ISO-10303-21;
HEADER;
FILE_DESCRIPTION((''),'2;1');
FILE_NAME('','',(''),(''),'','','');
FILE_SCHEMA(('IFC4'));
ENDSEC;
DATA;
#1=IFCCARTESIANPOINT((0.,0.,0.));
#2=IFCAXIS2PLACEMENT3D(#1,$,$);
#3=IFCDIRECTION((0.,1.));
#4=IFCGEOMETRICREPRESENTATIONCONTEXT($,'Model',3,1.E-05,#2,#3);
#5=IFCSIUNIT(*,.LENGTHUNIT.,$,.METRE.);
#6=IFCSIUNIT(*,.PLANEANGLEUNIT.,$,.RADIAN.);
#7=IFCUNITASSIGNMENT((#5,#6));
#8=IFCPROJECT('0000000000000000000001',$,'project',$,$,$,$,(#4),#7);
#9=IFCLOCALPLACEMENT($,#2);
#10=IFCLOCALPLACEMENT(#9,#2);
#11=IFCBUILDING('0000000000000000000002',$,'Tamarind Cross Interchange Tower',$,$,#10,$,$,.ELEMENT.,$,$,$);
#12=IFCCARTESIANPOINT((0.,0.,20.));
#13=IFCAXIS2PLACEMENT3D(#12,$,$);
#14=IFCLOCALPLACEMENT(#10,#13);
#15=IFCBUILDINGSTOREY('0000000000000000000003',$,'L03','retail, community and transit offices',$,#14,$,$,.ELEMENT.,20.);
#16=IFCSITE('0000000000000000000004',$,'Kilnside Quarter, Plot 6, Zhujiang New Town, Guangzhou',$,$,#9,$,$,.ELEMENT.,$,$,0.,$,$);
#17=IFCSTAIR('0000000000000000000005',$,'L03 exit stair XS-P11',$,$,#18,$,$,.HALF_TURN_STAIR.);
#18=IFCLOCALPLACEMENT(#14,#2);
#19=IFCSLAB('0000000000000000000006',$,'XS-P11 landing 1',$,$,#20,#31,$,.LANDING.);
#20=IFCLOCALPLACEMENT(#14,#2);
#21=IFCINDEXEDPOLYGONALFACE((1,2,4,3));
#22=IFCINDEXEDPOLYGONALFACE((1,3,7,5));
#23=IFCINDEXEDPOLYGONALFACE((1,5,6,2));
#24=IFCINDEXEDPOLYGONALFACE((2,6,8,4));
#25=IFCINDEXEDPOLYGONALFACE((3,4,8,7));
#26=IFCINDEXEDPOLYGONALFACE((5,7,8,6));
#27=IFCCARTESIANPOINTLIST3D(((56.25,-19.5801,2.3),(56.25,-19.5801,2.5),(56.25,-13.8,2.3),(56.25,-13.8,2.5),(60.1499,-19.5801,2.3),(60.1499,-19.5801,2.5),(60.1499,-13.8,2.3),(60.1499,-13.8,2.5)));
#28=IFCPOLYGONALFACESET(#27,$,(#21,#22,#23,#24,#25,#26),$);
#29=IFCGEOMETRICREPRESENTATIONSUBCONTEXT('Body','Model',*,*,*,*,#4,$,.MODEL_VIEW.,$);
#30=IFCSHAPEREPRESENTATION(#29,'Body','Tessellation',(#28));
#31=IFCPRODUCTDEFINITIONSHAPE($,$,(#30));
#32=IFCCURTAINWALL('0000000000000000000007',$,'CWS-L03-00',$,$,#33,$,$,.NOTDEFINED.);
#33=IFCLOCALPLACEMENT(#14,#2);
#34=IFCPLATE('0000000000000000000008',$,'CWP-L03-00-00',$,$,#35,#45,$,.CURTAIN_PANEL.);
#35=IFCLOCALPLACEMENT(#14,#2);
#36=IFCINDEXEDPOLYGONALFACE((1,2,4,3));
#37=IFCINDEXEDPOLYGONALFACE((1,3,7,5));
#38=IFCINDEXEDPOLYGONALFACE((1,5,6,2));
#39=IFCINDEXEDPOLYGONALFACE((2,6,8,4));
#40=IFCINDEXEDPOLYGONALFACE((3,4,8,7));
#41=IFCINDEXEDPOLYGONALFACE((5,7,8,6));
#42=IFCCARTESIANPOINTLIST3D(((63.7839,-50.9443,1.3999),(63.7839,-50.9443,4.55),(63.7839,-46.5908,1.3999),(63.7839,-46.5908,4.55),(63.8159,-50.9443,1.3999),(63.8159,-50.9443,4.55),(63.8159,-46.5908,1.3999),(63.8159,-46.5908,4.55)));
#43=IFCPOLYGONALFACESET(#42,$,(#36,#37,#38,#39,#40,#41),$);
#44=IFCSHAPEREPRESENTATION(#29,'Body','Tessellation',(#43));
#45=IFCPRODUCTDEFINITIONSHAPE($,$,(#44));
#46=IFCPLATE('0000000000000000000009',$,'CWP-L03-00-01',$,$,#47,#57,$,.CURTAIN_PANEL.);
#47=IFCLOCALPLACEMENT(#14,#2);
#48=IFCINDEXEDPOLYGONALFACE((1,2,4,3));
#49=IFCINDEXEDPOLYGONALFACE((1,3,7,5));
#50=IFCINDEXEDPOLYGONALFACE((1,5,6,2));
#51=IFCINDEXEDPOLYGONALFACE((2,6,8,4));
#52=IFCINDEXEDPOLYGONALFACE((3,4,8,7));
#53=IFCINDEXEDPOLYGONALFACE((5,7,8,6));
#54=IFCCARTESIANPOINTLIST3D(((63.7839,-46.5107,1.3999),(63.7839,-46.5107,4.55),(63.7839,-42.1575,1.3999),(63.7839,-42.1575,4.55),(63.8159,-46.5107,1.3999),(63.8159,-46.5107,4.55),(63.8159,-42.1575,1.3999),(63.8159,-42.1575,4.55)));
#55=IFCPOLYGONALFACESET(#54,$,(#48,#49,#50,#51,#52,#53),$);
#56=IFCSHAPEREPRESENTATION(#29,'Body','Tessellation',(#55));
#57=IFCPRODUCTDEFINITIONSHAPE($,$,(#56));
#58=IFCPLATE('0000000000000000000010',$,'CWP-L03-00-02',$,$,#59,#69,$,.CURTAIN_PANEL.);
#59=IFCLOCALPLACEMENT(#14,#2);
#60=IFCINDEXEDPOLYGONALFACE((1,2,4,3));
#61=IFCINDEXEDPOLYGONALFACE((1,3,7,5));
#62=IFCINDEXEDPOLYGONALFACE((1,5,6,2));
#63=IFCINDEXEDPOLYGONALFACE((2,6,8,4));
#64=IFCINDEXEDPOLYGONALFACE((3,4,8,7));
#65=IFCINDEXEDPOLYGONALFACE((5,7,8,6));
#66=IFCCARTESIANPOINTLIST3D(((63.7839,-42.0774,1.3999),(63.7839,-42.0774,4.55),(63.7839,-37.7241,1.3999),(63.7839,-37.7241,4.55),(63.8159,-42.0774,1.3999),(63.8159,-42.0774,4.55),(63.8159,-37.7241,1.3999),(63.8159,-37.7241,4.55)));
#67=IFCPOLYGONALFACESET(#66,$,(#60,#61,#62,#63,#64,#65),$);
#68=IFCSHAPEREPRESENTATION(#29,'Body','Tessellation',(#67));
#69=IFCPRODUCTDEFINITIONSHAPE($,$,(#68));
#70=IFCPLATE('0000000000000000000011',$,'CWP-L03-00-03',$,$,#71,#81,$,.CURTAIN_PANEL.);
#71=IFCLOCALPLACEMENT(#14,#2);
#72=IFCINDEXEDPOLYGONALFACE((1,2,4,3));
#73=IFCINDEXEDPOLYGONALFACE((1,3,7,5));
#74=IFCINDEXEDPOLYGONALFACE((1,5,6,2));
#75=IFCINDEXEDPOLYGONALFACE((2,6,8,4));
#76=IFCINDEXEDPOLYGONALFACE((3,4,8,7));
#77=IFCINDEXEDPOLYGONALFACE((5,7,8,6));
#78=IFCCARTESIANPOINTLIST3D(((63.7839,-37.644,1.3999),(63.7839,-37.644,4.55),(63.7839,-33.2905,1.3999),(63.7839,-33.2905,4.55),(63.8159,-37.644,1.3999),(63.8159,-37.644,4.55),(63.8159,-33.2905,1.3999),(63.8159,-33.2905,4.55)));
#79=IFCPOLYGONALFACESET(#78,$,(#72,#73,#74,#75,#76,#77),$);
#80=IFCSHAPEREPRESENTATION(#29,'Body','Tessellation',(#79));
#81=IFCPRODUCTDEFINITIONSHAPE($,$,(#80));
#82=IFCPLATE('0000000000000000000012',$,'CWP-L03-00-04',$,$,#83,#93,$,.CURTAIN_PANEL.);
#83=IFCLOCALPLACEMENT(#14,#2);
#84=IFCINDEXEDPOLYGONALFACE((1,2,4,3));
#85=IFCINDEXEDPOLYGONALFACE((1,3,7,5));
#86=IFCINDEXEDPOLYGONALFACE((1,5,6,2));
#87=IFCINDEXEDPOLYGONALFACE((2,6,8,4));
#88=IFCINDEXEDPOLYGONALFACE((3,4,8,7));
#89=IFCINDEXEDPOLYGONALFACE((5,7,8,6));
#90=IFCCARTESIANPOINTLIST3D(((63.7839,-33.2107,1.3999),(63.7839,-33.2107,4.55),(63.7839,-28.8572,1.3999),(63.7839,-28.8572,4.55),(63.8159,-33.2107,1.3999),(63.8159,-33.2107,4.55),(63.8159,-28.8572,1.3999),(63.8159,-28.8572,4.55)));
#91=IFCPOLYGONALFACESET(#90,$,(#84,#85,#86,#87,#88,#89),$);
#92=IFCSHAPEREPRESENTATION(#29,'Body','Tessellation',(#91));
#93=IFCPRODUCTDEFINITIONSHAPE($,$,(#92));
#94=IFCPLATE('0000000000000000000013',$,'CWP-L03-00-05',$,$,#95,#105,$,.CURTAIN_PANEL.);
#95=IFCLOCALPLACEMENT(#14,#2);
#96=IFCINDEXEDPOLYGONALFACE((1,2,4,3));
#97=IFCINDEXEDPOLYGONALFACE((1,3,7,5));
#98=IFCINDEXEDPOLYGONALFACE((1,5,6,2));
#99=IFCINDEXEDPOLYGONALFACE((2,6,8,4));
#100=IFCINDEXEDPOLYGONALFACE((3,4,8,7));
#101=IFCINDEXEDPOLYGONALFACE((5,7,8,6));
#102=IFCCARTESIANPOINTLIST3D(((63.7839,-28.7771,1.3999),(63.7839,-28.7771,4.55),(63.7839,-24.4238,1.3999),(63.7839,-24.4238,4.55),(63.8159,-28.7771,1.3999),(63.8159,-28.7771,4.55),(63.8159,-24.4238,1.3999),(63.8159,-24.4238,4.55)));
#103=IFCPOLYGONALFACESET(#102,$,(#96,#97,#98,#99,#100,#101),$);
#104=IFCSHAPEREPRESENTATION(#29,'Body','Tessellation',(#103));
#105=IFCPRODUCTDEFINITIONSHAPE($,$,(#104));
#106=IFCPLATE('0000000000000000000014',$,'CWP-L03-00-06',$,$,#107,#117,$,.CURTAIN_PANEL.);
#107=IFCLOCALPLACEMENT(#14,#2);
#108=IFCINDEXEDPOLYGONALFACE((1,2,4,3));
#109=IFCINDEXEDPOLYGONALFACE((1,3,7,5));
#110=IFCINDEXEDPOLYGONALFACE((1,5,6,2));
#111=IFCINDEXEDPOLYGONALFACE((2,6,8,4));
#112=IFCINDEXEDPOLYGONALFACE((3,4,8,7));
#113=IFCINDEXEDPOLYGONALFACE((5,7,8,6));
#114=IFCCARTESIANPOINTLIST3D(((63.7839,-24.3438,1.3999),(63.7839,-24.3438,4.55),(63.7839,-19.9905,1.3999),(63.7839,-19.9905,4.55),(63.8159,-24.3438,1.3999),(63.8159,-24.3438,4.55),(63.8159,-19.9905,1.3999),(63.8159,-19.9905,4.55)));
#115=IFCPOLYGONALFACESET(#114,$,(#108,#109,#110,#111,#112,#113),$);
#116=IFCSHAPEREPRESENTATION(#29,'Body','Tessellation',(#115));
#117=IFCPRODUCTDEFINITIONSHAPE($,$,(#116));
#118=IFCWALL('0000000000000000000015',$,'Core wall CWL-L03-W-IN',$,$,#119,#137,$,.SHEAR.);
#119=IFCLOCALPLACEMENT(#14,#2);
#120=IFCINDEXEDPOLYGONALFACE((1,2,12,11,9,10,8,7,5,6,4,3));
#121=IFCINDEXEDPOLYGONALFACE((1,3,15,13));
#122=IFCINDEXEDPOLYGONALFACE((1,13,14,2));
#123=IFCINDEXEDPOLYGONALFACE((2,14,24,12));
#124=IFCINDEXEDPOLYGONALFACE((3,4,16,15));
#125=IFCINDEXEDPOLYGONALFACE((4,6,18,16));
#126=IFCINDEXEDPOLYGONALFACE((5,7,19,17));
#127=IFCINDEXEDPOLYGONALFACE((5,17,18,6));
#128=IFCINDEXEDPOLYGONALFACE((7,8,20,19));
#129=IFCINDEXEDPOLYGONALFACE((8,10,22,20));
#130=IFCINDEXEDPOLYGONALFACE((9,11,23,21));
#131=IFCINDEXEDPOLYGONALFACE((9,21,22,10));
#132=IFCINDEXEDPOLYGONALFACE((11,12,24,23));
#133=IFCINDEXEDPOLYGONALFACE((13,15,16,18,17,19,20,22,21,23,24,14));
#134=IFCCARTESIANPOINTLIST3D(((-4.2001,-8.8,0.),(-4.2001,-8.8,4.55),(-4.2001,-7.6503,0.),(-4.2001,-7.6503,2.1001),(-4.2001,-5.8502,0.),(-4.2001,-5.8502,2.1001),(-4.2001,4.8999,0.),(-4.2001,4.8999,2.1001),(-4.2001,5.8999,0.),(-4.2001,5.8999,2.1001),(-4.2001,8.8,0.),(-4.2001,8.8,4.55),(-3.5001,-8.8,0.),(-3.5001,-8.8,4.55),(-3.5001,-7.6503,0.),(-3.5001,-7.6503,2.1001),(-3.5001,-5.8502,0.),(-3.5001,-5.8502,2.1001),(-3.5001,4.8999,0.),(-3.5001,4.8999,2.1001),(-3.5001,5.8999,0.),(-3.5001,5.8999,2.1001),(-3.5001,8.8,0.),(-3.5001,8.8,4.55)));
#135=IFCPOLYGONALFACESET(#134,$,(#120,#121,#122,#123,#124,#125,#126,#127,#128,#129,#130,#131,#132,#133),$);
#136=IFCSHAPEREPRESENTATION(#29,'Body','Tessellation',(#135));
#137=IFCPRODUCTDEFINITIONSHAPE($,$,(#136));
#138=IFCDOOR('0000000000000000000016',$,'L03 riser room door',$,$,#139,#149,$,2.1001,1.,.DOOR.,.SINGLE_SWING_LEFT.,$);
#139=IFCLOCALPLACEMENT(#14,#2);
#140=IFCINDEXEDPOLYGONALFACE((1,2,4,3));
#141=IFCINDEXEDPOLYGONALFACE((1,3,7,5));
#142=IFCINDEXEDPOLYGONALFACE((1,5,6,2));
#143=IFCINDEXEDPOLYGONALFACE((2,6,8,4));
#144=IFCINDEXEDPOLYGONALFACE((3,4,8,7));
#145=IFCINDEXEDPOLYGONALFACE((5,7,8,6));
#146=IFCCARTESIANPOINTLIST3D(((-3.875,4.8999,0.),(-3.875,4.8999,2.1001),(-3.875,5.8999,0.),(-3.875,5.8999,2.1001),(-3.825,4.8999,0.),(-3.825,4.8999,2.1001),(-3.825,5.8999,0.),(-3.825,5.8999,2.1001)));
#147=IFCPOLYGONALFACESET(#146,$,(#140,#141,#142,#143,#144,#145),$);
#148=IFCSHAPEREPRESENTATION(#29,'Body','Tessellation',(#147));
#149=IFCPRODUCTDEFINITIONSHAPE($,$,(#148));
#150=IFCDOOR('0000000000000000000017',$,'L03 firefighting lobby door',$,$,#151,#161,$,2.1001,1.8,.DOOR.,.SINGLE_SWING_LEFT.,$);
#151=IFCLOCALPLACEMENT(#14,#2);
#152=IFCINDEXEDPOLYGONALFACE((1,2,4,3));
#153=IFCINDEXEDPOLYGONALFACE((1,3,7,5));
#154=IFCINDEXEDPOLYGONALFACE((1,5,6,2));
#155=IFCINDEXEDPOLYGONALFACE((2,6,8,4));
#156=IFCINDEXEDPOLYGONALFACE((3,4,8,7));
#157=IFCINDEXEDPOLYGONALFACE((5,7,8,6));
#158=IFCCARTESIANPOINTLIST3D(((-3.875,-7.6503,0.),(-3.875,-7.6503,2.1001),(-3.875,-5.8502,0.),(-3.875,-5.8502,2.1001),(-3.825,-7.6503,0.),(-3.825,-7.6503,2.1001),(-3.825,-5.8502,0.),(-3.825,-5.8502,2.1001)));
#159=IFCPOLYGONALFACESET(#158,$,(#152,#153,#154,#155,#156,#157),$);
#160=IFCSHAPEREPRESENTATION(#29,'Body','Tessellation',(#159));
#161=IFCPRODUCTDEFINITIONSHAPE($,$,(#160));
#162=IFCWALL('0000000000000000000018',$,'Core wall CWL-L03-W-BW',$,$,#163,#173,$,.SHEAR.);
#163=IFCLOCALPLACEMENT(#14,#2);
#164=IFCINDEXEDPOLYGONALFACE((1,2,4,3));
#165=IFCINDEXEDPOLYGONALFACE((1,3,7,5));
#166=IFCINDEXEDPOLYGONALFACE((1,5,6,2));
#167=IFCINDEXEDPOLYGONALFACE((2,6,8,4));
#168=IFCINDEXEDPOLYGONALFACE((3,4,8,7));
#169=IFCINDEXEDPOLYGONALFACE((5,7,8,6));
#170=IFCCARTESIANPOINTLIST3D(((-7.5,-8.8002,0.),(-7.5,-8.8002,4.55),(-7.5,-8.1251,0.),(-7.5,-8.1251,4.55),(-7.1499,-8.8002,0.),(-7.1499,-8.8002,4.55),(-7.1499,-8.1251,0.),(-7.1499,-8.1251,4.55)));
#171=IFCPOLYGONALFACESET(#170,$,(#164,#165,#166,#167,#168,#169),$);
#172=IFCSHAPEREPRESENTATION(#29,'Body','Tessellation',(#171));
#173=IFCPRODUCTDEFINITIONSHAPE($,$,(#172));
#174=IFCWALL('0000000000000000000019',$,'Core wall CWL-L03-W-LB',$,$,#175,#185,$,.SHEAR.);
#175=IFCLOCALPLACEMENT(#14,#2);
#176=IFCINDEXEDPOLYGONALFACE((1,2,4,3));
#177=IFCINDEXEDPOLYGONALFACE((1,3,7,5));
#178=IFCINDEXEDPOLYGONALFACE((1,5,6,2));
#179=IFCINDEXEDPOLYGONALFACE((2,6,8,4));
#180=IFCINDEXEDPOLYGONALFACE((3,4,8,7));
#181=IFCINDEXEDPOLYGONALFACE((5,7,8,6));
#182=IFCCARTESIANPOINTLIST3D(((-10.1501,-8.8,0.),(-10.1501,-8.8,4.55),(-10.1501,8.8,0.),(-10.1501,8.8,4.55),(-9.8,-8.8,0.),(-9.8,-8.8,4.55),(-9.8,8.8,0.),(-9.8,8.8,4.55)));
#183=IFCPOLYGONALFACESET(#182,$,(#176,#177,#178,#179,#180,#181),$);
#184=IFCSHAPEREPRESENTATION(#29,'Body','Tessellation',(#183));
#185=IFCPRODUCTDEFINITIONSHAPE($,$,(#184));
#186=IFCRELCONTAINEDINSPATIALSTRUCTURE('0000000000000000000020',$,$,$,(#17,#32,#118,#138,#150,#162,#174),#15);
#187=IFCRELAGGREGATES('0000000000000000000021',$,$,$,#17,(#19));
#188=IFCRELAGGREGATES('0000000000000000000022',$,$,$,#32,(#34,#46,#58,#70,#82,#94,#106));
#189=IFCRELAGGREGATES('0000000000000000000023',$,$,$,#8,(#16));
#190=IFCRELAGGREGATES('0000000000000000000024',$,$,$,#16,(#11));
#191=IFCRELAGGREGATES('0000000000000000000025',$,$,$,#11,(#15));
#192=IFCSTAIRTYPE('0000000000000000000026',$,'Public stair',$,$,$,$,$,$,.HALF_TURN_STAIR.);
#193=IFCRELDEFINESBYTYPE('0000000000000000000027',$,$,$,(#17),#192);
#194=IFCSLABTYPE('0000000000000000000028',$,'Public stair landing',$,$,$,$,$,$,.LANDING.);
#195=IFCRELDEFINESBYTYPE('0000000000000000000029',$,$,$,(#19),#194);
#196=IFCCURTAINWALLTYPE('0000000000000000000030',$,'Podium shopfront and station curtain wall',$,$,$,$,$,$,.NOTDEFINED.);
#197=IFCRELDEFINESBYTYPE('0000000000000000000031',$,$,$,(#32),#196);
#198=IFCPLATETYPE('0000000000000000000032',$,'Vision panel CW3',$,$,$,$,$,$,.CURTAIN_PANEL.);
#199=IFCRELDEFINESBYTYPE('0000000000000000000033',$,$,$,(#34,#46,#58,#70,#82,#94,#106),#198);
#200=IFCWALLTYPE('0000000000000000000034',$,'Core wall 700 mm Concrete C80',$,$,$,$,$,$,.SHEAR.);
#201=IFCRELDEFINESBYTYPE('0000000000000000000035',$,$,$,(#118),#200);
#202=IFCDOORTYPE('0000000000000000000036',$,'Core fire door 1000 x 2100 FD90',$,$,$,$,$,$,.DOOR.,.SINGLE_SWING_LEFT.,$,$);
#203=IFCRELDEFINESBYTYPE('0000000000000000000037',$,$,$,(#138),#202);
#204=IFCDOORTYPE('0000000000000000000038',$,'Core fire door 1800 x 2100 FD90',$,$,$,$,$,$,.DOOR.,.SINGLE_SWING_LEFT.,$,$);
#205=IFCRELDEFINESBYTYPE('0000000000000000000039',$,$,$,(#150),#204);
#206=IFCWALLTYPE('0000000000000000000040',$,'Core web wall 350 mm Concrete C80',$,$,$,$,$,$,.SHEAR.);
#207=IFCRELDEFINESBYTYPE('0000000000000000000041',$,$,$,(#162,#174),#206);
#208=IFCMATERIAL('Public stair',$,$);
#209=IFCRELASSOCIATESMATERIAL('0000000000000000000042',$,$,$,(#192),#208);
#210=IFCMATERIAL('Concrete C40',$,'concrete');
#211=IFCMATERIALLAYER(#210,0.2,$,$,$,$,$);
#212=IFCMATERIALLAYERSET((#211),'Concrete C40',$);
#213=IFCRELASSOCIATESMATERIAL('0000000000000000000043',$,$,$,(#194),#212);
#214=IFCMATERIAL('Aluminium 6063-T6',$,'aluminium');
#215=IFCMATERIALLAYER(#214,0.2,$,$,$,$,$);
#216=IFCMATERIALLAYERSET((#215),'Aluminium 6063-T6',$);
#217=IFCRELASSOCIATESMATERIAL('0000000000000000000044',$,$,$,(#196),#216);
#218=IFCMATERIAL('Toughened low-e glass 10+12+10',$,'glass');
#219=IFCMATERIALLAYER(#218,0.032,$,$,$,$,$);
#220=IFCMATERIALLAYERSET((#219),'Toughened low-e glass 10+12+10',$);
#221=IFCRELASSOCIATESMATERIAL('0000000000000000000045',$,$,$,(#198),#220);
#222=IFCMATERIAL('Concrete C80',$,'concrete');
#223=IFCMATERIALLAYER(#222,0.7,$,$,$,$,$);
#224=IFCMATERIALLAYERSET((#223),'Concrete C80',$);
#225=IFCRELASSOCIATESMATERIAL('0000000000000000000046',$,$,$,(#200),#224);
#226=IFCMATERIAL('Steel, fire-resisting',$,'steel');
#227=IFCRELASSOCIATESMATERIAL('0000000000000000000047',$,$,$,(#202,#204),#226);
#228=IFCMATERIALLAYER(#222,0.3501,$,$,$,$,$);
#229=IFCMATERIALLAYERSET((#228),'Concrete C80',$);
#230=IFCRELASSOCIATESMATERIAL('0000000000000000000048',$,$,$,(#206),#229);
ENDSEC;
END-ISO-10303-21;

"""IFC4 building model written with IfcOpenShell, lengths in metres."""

from ifc_helpers import new_model, si_unit, direction, frame, frame_2d, origin, place, context, subcontext, project, spatial, polyline, rectangle, outline, extrude, material, layer, layer_set, type_object, element, fill, aggregate, save


model = new_model("IFC4")

# Units and contexts
model_context = context("Model", 3, precision=1e-05, world=origin(), true_north=direction((0.0, 1.0)))
body_context = subcontext(model_context, "Body", "Model", "MODEL_VIEW")
ifc_project = project(units=[si_unit("LENGTHUNIT", "METRE"), si_unit("PLANEANGLEUNIT", "RADIAN")], contexts=[model_context])

# Site, building, storey
site_placement = place(None, origin())
site = spatial("IfcSite", under=ifc_project, at=site_placement, Name="Kilnside Quarter, Plot 6, Zhujiang New Town, Guangzhou", CompositionType="ELEMENT", RefElevation=0.0)
building_placement = place(site_placement, origin())
building = spatial("IfcBuilding", under=site, at=building_placement, Name="Tamarind Cross Interchange Tower", CompositionType="ELEMENT")
storey_placement = place(building_placement, frame((0.0, 0.0, 20.0)))
storey = spatial("IfcBuildingStorey", under=building, at=storey_placement, Name="L03", Description="retail, community and transit offices", CompositionType="ELEMENT", Elevation=20.0)

# Shared definitions
ifc_material_1 = material(Name="Concrete C40", Category="concrete")

# Stair, slab
ifc_material_2 = material(Name="Public stair")
stair_type_1 = type_object("IfcStairType", Name="Public stair", PredefinedType="HALF_TURN_STAIR", material=ifc_material_2)
stair_1_placement = place(storey_placement, origin())
stair_1 = element("IfcStair", 1, at=stair_1_placement, inside=storey, type_object=stair_type_1, Name="L03 exit stair XS-P11", PredefinedType="HALF_TURN_STAIR")
ifc_layer_1 = layer(ifc_material_1, 0.2)
ifc_layer_set_1 = layer_set([ifc_layer_1], Name="Concrete C40")
slab_type_1 = type_object("IfcSlabType", Name="Public stair landing", PredefinedType="LANDING", material=ifc_layer_set_1)
slab_1_placement = place(storey_placement, frame((0.0, 0.0, 2.3)))
slab_1 = element("IfcSlab", 2, at=slab_1_placement, type_object=slab_type_1, Name="XS-P11 landing 1", PredefinedType="LANDING", context=body_context, shape_type="SweptSolid", body=[
    extrude(outline(polyline([(60.1499, -19.5801), (60.1499, -13.8), (56.25, -13.8), (56.25, -19.5801), (60.1499, -19.5801)])), origin(), (0.0, 0.0, 1.0), 0.2),
])
aggregate(stair_1, [slab_1])

# Curtain wall, plates
ifc_material_3 = material(Name="Aluminium 6063-T6", Category="aluminium")
ifc_layer_2 = layer(ifc_material_3, 0.2)
ifc_layer_set_2 = layer_set([ifc_layer_2], Name="Aluminium 6063-T6")
curtain_wall_type = type_object("IfcCurtainWallType", Name="Podium shopfront and station curtain wall", PredefinedType="NOTDEFINED", material=ifc_layer_set_2)
curtain_wall_placement = place(storey_placement, origin())
curtain_wall = element("IfcCurtainWall", 3, at=curtain_wall_placement, inside=storey, type_object=curtain_wall_type, Name="CWS-L03-00", PredefinedType="NOTDEFINED")
ifc_material_4 = material(Name="Toughened low-e glass 10+12+10", Category="glass")
ifc_layer_3 = layer(ifc_material_4, 0.032)
ifc_layer_set_3 = layer_set([ifc_layer_3], Name="Toughened low-e glass 10+12+10")
plate_type = type_object("IfcPlateType", Name="Vision panel CW3", PredefinedType="CURTAIN_PANEL", material=ifc_layer_set_3)
plate_1_placement = place(storey_placement, frame((0.0, 0.0, 1.3999)))
plate_1 = element("IfcPlate", 4, at=plate_1_placement, type_object=plate_type, Name="CWP-L03-00-00", PredefinedType="CURTAIN_PANEL", context=body_context, shape_type="SweptSolid", body=[
    extrude(outline(polyline([(63.7839, -50.9443), (63.7839, -46.5908), (63.8159, -46.5908), (63.8159, -50.9443), (63.7839, -50.9443)])), origin(), (0.0, 0.0, 1.0), 3.1501),
])
plate_2_placement = place(storey_placement, frame((0.0, 0.0, 1.3999)))
plate_2 = element("IfcPlate", 5, at=plate_2_placement, type_object=plate_type, Name="CWP-L03-00-01", PredefinedType="CURTAIN_PANEL", context=body_context, shape_type="SweptSolid", body=[
    extrude(outline(polyline([(63.7839, -46.5107), (63.7839, -42.1575), (63.8159, -42.1575), (63.8159, -46.5107), (63.7839, -46.5107)])), origin(), (0.0, 0.0, 1.0), 3.1501),
])
plate_3_placement = place(storey_placement, frame((0.0, 0.0, 1.3999)))
plate_3 = element("IfcPlate", 6, at=plate_3_placement, type_object=plate_type, Name="CWP-L03-00-02", PredefinedType="CURTAIN_PANEL", context=body_context, shape_type="SweptSolid", body=[
    extrude(outline(polyline([(63.7839, -42.0774), (63.7839, -37.7241), (63.8159, -37.7241), (63.8159, -42.0774), (63.7839, -42.0774)])), origin(), (0.0, 0.0, 1.0), 3.1501),
])
plate_4_placement = place(storey_placement, frame((0.0, 0.0, 1.3999)))
plate_4 = element("IfcPlate", 7, at=plate_4_placement, type_object=plate_type, Name="CWP-L03-00-03", PredefinedType="CURTAIN_PANEL", context=body_context, shape_type="SweptSolid", body=[
    extrude(outline(polyline([(63.7839, -37.644), (63.7839, -33.2905), (63.8159, -33.2905), (63.8159, -37.644), (63.7839, -37.644)])), origin(), (0.0, 0.0, 1.0), 3.1501),
])
plate_5_placement = place(storey_placement, frame((0.0, 0.0, 1.3999)))
plate_5 = element("IfcPlate", 8, at=plate_5_placement, type_object=plate_type, Name="CWP-L03-00-04", PredefinedType="CURTAIN_PANEL", context=body_context, shape_type="SweptSolid", body=[
    extrude(outline(polyline([(63.7839, -33.2107), (63.7839, -28.8572), (63.8159, -28.8572), (63.8159, -33.2107), (63.7839, -33.2107)])), origin(), (0.0, 0.0, 1.0), 3.1501),
])
plate_6_placement = place(storey_placement, frame((0.0, 0.0, 1.3999)))
plate_6 = element("IfcPlate", 9, at=plate_6_placement, type_object=plate_type, Name="CWP-L03-00-05", PredefinedType="CURTAIN_PANEL", context=body_context, shape_type="SweptSolid", body=[
    extrude(outline(polyline([(63.7839, -28.7771), (63.7839, -24.4238), (63.8159, -24.4238), (63.8159, -28.7771), (63.7839, -28.7771)])), origin(), (0.0, 0.0, 1.0), 3.1501),
])
plate_7_placement = place(storey_placement, frame((0.0, 0.0, 1.3999)))
plate_7 = element("IfcPlate", 10, at=plate_7_placement, type_object=plate_type, Name="CWP-L03-00-06", PredefinedType="CURTAIN_PANEL", context=body_context, shape_type="SweptSolid", body=[
    extrude(outline(polyline([(63.7839, -24.3438), (63.7839, -19.9905), (63.8159, -19.9905), (63.8159, -24.3438), (63.7839, -24.3438)])), origin(), (0.0, 0.0, 1.0), 3.1501),
])
aggregate(curtain_wall, [plate_1, plate_2, plate_3, plate_4, plate_5, plate_6, plate_7])

# Wall, openings, doors
ifc_material_5 = material(Name="Concrete C80", Category="concrete")
ifc_layer_4 = layer(ifc_material_5, 0.7)
ifc_layer_set_4 = layer_set([ifc_layer_4], Name="Concrete C80")
wall_type_1 = type_object("IfcWallType", Name="Core wall 700 mm Concrete C80", PredefinedType="SHEAR", material=ifc_layer_set_4)
wall_1_placement = place(storey_placement, frame((-3.8501, -8.8, 0.0), z_axis=(0.0, 0.0, 1.0), x_axis=(0.0, 1.0, 0.0)))
wall_1 = element("IfcWall", 11, at=wall_1_placement, inside=storey, type_object=wall_type_1, Name="Core wall CWL-L03-W-IN", PredefinedType="SHEAR", context=body_context, shape_type="SweptSolid", body=[
    extrude(rectangle(XDim=17.6001, YDim=0.7, at=frame_2d((8.8, 0.0))), origin(), (0.0, 0.0, 1.0), 4.55),
])
opening_1_placement = place(wall_1_placement, frame((1.1499, 0.0, 0.0)))
opening_1 = element("IfcOpeningElement", 12, at=opening_1_placement, cuts=wall_1, PredefinedType="OPENING", context=body_context, shape_type="SweptSolid", body=[
    extrude(rectangle(XDim=1.8, YDim=2.1001, at=frame_2d((0.8999, 1.05))), frame((0.0, 0.3599, 0.0), z_axis=(0.0, -1.0, 0.0), x_axis=(1.0, 0.0, 0.0)), (0.0, 0.0, 1.0), 0.72),
])
opening_2_placement = place(wall_1_placement, frame((13.7, 0.0, 0.0)))
opening_2 = element("IfcOpeningElement", 13, at=opening_2_placement, cuts=wall_1, PredefinedType="OPENING", context=body_context, shape_type="SweptSolid", body=[
    extrude(rectangle(XDim=1.0, YDim=2.1001, at=frame_2d((0.5, 1.05))), frame((0.0, 0.3599, 0.0), z_axis=(0.0, -1.0, 0.0), x_axis=(1.0, 0.0, 0.0)), (0.0, 0.0, 1.0), 0.72),
])
ifc_material_6 = material(Name="Steel, fire-resisting", Category="steel")
door_type_1 = type_object("IfcDoorType", Name="Core fire door 1000 x 2100 FD90", OperationType="SINGLE_SWING_LEFT", PredefinedType="DOOR", material=ifc_material_6)
door_1_placement = place(opening_2_placement, origin())
door_1 = element("IfcDoor", 14, at=door_1_placement, inside=storey, type_object=door_type_1, Name="L03 riser room door", OperationType="SINGLE_SWING_LEFT", OverallHeight=2.1001, OverallWidth=1.0, PredefinedType="DOOR", context=body_context, shape_type="SweptSolid", body=[
    extrude(rectangle(XDim=1.0, YDim=2.1001, at=frame_2d((0.5, 1.05))), frame((0.0, 0.0249, 0.0), z_axis=(0.0, -1.0, 0.0), x_axis=(1.0, 0.0, 0.0)), (0.0, 0.0, 1.0), 0.05),
])
fill(opening_2, door_1)
door_type_2 = type_object("IfcDoorType", Name="Core fire door 1800 x 2100 FD90", OperationType="SINGLE_SWING_LEFT", PredefinedType="DOOR", material=ifc_material_6)
door_2_placement = place(opening_1_placement, origin())
door_2 = element("IfcDoor", 15, at=door_2_placement, inside=storey, type_object=door_type_2, Name="L03 firefighting lobby door", OperationType="SINGLE_SWING_LEFT", OverallHeight=2.1001, OverallWidth=1.8, PredefinedType="DOOR", context=body_context, shape_type="SweptSolid", body=[
    extrude(rectangle(XDim=1.8, YDim=2.1001, at=frame_2d((0.8999, 1.05))), frame((0.0, 0.0249, 0.0), z_axis=(0.0, -1.0, 0.0), x_axis=(1.0, 0.0, 0.0)), (0.0, 0.0, 1.0), 0.05),
])
fill(opening_1, door_2)

# Walls
ifc_layer_5 = layer(ifc_material_5, 0.3501)
ifc_layer_set_5 = layer_set([ifc_layer_5], Name="Concrete C80")
wall_type_2 = type_object("IfcWallType", Name="Core web wall 350 mm Concrete C80", PredefinedType="SHEAR", material=ifc_layer_set_5)
wall_2_placement = place(storey_placement, frame((-7.325, -8.8, 0.0), z_axis=(0.0, 0.0, 1.0), x_axis=(0.0, 1.0, 0.0)))
element("IfcWall", 16, at=wall_2_placement, inside=storey, type_object=wall_type_2, Name="Core wall CWL-L03-W-BW", PredefinedType="SHEAR", context=body_context, shape_type="SweptSolid", body=[
    extrude(rectangle(XDim=0.675, YDim=0.3501, at=frame_2d((0.3374, 0.0))), origin(), (0.0, 0.0, 1.0), 4.55),
])
wall_3_placement = place(storey_placement, frame((-9.9751, -8.8, 0.0), z_axis=(0.0, 0.0, 1.0), x_axis=(0.0, 1.0, 0.0)))
element("IfcWall", 17, at=wall_3_placement, inside=storey, type_object=wall_type_2, Name="Core wall CWL-L03-W-LB", PredefinedType="SHEAR", context=body_context, shape_type="SweptSolid", body=[
    extrude(rectangle(XDim=17.6001, YDim=0.3501, at=frame_2d((8.8, 0.0))), origin(), (0.0, 0.0, 1.0), 4.55),
])

save(model, "model.ifc")
